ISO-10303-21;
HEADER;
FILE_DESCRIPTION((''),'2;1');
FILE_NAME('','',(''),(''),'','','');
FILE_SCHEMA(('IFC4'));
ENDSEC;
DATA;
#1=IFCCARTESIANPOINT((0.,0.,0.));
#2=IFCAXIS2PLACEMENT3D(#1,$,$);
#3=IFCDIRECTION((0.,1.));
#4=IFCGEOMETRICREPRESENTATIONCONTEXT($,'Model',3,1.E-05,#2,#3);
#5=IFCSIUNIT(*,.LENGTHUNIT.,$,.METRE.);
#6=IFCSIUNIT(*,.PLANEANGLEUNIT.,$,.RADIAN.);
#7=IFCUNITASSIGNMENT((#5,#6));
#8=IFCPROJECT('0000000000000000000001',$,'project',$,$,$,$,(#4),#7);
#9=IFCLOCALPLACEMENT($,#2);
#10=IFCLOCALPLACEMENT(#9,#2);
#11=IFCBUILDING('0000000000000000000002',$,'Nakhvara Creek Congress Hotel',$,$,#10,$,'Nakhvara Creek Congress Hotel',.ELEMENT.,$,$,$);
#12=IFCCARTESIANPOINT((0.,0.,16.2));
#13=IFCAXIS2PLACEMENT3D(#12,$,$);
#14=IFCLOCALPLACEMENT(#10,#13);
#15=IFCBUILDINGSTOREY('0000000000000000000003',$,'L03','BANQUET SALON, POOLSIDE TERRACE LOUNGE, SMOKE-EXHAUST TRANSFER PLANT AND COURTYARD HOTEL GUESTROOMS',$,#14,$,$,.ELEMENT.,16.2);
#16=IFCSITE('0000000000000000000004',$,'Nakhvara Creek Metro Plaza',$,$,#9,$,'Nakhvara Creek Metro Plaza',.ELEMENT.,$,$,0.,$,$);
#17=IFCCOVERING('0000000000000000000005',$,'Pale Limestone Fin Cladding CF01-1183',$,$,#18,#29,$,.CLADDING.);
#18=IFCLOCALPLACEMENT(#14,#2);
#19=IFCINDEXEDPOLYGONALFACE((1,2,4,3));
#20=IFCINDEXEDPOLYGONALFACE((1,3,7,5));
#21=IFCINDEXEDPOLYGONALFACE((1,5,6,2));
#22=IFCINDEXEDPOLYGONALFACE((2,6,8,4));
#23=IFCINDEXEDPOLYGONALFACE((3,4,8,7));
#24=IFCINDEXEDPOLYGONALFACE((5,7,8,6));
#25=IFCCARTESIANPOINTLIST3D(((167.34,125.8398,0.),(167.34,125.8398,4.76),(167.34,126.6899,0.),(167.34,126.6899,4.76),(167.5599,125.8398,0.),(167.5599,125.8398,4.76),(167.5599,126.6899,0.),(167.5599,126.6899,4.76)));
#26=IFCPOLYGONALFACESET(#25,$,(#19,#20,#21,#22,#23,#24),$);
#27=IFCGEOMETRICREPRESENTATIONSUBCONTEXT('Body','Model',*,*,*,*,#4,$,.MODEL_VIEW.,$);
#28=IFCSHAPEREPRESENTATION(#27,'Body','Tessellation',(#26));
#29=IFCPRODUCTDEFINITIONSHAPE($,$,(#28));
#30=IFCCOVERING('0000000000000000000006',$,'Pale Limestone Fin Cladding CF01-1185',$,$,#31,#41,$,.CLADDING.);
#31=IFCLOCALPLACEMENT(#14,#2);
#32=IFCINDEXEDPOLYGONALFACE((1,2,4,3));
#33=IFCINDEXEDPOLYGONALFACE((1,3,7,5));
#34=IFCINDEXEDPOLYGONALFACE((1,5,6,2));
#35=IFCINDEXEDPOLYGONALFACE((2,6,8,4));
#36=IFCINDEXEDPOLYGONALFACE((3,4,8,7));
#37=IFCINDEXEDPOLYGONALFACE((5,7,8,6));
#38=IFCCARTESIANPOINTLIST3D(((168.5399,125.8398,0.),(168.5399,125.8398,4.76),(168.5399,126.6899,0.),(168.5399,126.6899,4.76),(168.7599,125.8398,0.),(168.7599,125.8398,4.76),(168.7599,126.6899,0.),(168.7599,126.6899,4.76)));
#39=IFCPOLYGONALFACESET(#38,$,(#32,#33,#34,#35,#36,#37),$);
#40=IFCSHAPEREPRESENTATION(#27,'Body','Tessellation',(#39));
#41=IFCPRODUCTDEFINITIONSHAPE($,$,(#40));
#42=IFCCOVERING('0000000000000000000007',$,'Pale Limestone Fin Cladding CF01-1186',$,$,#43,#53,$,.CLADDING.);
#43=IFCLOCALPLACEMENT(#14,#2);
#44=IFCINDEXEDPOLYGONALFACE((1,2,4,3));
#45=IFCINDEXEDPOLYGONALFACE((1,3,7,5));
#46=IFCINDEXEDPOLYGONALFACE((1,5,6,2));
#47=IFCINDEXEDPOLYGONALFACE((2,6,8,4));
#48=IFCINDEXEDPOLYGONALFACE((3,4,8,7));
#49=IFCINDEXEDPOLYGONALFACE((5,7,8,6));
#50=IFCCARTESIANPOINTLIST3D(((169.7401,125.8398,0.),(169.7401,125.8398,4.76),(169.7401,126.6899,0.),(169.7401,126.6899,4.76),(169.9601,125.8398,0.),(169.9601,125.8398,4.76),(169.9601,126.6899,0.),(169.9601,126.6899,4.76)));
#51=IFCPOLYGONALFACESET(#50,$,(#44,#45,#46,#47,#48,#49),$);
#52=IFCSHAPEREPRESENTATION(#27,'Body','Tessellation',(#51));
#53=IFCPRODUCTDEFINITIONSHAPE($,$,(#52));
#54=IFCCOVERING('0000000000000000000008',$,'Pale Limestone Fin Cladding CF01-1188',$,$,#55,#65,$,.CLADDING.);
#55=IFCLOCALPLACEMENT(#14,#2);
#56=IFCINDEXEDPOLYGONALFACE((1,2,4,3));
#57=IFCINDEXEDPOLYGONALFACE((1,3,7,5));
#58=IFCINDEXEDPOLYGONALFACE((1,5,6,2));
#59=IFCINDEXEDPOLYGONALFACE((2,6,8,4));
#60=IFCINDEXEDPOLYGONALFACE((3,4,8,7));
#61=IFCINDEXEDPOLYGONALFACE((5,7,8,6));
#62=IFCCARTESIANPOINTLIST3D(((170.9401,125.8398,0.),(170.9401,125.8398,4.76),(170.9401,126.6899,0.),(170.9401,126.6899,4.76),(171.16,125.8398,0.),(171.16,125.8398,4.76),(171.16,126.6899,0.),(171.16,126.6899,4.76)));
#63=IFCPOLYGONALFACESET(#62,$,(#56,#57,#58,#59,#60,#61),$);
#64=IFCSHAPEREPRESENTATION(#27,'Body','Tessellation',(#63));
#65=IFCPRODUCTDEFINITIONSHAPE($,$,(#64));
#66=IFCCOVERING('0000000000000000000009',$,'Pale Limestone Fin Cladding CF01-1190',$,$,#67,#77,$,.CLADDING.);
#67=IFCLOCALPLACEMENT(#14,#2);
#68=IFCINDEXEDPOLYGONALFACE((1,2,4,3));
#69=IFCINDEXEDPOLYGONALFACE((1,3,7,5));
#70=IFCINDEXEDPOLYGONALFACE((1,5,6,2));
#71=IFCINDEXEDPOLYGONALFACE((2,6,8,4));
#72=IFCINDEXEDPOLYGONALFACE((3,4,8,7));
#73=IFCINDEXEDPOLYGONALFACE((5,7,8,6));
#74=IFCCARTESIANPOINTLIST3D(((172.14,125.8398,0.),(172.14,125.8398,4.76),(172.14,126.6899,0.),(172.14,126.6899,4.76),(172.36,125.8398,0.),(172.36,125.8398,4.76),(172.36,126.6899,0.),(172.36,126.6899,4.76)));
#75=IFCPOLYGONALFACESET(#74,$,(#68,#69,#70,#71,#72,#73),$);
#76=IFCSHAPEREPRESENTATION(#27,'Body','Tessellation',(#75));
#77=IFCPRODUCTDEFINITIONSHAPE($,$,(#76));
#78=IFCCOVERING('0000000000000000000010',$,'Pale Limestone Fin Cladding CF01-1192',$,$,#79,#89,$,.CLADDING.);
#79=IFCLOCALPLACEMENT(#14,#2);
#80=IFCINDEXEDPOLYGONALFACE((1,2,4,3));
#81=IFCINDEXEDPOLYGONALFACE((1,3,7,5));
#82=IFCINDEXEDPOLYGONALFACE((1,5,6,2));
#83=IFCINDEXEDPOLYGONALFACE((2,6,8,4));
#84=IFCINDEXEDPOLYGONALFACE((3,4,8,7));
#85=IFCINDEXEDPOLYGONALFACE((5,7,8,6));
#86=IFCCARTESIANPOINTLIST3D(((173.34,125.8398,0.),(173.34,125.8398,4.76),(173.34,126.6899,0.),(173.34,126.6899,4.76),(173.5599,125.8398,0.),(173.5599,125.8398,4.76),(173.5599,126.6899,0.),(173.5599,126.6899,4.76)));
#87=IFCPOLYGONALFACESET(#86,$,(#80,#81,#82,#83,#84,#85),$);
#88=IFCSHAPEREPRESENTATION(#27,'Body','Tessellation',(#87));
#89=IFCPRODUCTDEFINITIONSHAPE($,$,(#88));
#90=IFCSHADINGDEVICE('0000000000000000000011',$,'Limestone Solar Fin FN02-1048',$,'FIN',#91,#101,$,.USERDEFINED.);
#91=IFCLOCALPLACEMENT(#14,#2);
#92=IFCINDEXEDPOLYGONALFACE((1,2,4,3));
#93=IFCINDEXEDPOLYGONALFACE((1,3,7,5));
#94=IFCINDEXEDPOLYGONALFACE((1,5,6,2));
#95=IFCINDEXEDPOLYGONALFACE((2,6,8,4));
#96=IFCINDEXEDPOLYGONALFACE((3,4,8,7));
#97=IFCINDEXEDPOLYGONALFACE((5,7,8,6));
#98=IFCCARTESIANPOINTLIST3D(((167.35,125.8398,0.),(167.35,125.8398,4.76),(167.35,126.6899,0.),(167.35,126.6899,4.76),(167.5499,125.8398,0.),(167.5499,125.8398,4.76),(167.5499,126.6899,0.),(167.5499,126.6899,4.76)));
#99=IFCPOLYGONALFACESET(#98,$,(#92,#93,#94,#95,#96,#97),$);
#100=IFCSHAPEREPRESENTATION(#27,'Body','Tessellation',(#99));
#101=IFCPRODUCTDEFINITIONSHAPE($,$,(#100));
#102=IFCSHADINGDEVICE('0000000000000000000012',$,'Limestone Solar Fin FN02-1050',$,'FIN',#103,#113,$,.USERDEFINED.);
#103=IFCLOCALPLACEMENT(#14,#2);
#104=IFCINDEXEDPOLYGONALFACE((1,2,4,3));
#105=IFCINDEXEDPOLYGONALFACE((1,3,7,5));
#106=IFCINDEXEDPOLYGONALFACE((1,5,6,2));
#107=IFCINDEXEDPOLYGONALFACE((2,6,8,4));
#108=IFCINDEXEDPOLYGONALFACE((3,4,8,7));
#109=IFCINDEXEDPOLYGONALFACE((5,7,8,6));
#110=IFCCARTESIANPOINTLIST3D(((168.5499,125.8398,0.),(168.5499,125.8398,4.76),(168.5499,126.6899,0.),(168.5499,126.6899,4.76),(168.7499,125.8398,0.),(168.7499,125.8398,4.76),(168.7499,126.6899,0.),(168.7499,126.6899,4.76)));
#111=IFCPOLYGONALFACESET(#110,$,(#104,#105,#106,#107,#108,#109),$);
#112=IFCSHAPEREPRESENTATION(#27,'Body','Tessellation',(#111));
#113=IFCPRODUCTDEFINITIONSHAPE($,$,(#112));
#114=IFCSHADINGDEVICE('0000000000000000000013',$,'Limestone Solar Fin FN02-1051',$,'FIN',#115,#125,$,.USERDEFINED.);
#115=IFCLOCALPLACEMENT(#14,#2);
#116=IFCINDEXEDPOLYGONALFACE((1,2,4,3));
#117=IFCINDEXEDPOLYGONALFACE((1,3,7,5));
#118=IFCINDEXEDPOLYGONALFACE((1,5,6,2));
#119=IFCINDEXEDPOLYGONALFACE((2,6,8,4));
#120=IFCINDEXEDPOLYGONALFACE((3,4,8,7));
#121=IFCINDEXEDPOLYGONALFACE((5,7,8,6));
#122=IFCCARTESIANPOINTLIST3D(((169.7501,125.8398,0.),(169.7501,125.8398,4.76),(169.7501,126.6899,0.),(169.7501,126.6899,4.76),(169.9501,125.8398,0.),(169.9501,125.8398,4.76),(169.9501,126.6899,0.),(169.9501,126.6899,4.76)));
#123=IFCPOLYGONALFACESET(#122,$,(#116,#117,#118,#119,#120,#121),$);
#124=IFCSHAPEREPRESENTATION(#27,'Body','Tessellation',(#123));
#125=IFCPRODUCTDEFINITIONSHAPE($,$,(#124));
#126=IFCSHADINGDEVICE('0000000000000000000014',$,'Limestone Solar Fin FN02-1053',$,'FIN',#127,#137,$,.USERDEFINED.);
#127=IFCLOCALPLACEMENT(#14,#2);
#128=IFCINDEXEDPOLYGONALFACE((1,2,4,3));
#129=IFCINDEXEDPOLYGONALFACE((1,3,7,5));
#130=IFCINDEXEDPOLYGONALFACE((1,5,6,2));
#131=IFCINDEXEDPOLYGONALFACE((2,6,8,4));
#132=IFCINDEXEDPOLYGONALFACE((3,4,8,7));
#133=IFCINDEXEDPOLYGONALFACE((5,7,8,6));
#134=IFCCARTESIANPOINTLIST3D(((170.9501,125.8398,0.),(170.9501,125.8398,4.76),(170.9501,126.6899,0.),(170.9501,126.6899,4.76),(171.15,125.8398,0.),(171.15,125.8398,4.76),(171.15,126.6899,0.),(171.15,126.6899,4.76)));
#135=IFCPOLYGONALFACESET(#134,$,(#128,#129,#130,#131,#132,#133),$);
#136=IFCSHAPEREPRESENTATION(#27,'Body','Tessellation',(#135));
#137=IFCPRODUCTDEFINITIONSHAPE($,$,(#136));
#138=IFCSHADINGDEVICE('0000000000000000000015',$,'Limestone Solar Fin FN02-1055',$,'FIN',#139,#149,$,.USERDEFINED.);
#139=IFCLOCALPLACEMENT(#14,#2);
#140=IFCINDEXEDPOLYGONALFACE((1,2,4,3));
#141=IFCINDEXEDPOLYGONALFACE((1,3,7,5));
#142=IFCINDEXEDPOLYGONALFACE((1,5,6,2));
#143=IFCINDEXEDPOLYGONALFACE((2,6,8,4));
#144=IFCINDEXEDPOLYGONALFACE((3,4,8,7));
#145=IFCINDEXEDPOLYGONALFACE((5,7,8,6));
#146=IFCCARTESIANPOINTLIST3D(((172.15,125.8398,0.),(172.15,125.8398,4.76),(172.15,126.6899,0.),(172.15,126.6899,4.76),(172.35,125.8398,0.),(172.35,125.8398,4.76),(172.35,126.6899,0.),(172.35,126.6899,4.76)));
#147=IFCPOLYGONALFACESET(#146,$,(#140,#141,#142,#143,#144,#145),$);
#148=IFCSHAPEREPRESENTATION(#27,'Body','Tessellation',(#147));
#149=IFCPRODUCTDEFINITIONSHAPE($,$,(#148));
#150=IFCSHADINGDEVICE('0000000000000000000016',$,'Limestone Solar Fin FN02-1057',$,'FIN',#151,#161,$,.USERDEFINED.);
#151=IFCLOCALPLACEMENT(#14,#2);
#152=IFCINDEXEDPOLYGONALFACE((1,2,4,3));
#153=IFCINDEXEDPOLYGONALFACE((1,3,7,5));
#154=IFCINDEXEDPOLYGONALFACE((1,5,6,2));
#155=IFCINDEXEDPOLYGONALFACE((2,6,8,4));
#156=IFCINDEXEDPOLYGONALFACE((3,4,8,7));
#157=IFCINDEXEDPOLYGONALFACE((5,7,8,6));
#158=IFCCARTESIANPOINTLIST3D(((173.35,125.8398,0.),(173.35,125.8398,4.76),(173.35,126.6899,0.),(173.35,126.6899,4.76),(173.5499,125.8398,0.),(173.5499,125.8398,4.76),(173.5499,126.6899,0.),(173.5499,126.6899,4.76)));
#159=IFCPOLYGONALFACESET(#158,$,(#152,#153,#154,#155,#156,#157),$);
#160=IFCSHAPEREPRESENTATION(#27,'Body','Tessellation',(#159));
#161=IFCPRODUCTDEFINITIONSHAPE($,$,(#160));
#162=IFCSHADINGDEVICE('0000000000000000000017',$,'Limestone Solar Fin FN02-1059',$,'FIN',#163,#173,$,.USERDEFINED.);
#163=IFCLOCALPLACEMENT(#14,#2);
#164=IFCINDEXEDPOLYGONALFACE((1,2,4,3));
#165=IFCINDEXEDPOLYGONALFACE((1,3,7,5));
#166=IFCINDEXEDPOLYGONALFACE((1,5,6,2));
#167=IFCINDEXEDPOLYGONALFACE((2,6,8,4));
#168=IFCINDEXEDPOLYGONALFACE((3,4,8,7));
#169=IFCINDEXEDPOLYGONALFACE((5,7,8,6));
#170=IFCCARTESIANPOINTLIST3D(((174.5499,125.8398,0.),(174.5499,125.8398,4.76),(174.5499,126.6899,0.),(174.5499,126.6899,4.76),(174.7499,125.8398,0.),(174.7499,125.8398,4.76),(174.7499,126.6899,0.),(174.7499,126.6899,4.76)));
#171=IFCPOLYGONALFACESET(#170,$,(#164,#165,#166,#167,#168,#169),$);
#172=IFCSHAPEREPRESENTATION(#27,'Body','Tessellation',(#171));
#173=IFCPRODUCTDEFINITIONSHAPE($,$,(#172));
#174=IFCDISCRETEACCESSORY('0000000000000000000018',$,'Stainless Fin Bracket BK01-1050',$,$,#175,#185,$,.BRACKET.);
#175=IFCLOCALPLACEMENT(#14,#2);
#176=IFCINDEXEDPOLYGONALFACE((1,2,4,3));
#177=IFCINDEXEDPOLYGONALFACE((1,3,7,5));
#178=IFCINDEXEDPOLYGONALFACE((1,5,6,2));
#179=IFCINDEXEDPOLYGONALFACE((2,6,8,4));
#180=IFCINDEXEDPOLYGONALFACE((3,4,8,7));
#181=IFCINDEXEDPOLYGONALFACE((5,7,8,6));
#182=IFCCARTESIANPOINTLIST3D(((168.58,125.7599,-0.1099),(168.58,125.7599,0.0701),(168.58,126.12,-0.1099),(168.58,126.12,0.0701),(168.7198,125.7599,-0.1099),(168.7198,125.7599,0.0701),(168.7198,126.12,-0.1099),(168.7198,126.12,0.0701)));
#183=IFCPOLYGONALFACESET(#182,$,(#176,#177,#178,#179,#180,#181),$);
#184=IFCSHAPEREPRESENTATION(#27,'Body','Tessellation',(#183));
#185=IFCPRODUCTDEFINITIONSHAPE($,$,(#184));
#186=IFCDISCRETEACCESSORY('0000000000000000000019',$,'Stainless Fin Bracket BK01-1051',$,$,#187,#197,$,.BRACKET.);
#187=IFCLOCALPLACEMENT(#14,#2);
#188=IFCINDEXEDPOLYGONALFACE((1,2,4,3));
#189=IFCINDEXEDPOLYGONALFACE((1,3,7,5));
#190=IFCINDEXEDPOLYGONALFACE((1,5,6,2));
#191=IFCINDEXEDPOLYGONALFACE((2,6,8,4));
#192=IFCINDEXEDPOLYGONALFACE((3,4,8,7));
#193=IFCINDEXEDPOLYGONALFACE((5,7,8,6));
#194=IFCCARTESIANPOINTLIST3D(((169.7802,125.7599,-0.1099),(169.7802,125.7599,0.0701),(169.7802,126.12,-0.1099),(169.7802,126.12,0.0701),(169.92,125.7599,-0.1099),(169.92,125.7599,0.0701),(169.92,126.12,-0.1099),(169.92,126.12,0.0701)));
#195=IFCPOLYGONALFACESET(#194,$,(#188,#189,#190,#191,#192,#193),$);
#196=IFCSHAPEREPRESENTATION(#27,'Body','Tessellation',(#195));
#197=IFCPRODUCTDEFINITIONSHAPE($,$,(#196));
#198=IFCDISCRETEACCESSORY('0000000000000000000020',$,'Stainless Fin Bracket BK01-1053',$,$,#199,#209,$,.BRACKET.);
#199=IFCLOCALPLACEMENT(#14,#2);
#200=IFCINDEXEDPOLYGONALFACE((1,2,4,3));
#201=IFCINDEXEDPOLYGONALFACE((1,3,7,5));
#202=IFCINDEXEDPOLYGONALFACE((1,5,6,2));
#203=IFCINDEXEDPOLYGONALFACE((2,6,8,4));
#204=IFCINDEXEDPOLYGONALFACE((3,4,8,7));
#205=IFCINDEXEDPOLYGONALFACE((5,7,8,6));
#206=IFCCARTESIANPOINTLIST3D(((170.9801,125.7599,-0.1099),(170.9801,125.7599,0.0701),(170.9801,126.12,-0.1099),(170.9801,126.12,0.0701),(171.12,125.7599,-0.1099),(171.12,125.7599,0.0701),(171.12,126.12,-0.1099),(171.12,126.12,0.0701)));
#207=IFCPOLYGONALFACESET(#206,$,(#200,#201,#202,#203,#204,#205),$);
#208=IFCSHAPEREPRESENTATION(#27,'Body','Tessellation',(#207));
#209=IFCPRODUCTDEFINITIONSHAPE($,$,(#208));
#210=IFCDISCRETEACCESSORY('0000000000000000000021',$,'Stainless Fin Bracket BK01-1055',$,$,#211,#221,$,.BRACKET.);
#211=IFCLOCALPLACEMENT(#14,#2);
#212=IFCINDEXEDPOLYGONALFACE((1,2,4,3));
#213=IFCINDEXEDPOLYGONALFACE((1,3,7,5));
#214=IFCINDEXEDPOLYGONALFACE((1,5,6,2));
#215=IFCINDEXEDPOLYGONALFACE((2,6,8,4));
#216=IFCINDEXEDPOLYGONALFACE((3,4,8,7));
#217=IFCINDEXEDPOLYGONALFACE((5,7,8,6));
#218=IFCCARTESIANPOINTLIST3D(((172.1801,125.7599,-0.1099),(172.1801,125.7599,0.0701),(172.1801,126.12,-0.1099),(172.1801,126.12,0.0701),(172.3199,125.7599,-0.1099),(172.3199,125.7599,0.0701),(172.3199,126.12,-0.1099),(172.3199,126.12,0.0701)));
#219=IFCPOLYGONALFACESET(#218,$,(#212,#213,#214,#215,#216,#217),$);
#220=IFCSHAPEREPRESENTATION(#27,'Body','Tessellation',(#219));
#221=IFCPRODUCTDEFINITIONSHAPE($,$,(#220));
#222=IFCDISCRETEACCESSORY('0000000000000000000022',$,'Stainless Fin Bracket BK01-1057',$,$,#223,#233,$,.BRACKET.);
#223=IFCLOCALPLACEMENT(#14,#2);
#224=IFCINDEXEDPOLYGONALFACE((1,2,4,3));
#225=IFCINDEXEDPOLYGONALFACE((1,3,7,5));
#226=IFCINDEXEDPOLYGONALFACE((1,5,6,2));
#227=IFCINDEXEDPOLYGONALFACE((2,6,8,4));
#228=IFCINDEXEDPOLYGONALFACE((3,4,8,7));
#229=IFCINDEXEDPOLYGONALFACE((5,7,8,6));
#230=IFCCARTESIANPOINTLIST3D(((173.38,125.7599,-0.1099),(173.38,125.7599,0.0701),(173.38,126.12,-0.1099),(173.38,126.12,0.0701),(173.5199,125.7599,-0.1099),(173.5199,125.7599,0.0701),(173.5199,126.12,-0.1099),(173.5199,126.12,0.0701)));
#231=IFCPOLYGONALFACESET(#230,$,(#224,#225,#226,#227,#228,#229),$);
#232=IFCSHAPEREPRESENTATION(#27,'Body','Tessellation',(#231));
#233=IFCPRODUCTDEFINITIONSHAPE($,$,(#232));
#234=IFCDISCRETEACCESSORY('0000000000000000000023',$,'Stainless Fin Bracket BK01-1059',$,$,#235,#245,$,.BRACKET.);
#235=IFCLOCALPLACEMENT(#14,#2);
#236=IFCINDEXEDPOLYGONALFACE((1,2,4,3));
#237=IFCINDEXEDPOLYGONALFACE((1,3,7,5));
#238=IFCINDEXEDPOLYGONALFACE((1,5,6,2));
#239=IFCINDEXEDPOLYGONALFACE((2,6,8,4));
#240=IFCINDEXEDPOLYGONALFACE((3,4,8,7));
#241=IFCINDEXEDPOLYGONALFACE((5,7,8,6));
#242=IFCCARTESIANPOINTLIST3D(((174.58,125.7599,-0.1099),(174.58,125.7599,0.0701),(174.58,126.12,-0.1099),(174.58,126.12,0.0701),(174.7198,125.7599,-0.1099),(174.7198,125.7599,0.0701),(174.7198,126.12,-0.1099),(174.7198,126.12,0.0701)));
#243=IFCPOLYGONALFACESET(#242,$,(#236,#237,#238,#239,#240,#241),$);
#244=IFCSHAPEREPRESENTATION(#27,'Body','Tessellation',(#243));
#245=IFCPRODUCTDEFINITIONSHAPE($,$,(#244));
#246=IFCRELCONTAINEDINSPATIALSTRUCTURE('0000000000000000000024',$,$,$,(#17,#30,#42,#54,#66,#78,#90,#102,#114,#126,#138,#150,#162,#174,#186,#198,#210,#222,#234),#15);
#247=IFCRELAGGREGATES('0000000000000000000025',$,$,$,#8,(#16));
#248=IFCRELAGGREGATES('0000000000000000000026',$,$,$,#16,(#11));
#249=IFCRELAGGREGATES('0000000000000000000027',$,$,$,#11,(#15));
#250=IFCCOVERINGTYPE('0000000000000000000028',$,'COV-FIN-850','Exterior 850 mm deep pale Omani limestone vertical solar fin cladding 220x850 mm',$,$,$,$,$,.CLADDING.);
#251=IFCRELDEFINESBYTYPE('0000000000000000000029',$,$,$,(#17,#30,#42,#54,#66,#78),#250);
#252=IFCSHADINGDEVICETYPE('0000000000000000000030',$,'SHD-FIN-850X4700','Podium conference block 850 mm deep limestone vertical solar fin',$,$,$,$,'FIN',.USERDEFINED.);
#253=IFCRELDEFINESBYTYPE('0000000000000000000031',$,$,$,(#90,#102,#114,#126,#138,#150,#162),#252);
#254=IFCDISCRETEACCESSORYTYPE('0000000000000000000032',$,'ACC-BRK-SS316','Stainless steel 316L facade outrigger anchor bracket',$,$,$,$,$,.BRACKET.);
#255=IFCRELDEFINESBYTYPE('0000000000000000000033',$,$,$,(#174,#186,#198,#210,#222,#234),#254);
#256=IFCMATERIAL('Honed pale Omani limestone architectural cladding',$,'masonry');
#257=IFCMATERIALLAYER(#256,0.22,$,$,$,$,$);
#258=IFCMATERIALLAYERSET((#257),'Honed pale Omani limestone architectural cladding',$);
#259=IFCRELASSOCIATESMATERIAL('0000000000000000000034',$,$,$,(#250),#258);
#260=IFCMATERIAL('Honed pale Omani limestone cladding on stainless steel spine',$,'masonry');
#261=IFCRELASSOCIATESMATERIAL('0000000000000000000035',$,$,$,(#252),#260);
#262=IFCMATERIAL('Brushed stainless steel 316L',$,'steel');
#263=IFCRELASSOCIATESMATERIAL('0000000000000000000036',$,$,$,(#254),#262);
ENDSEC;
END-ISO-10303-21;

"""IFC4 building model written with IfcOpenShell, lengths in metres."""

from ifc_helpers import new_model, si_unit, direction, frame, origin, origin_2d, place, context, subcontext, project, spatial, rectangle, extrude, material, layer, layer_set, type_object, element, save


model = new_model("IFC4")

# Units and contexts
model_context = context("Model", 3, precision=1e-05, world=origin(), true_north=direction((0.0, 1.0)))
body_context = subcontext(model_context, "Body", "Model", "MODEL_VIEW")
ifc_project = project(units=[si_unit("LENGTHUNIT", "METRE"), si_unit("PLANEANGLEUNIT", "RADIAN")], contexts=[model_context])

# Site, building, storey
site_placement = place(None, origin())
site = spatial("IfcSite", under=ifc_project, at=site_placement, Name="Nakhvara Creek Metro Plaza", LongName="Nakhvara Creek Metro Plaza", CompositionType="ELEMENT", RefElevation=0.0)
building_placement = place(site_placement, origin())
building = spatial("IfcBuilding", under=site, at=building_placement, Name="Nakhvara Creek Congress Hotel", LongName="Nakhvara Creek Congress Hotel", CompositionType="ELEMENT")
storey_placement = place(building_placement, frame((0.0, 0.0, 16.2)))
storey = spatial("IfcBuildingStorey", under=building, at=storey_placement, Name="L03", Description="BANQUET SALON, POOLSIDE TERRACE LOUNGE, SMOKE-EXHAUST TRANSFER PLANT AND COURTYARD HOTEL GUESTROOMS", CompositionType="ELEMENT", Elevation=16.2)

# Coverings
ifc_material_1 = material(Name="Honed pale Omani limestone architectural cladding", Category="masonry")
ifc_layer_1 = layer(ifc_material_1, 0.22)
ifc_layer_set_1 = layer_set([ifc_layer_1], Name="Honed pale Omani limestone architectural cladding")
covering_type = type_object("IfcCoveringType", Name="COV-FIN-850", Description="Exterior 850 mm deep pale Omani limestone vertical solar fin cladding 220x850 mm", PredefinedType="CLADDING", material=ifc_layer_set_1)
for number, where, z_axis, x_axis, name in (
    (1, (167.45, 126.2649, 0.0), (0.0, 0.0, 1.0), (1.0, 0.0, 0.0), "Pale Limestone Fin Cladding CF01-1183"),
    (2, (168.6499, 126.2649, 0.0), (0.0, 0.0, 1.0), (1.0, 0.0, 0.0), "Pale Limestone Fin Cladding CF01-1185"),
    (3, (169.8501, 126.2649, 0.0), (0.0, 0.0, 1.0), (1.0, 0.0, 0.0), "Pale Limestone Fin Cladding CF01-1186"),
    (4, (171.05, 126.2649, 0.0), (0.0, 0.0, 1.0), (1.0, 0.0, 0.0), "Pale Limestone Fin Cladding CF01-1188"),
    (5, (172.25, 126.2649, 0.0), (0.0, 0.0, 1.0), (1.0, 0.0, 0.0), "Pale Limestone Fin Cladding CF01-1190"),
    (6, (173.45, 126.2649, 0.0), (0.0, 0.0, 1.0), (1.0, 0.0, 0.0), "Pale Limestone Fin Cladding CF01-1192"),
):
    element("IfcCovering", number, at=place(storey_placement, frame(where, z_axis=z_axis, x_axis=x_axis)), inside=storey, type_object=covering_type, Name=name, PredefinedType="CLADDING", context=body_context, shape_type="SweptSolid", body=[
        extrude(rectangle(XDim=0.22, YDim=0.8501, at=origin_2d()), origin(), (0.0, 0.0, 1.0), 4.76),
    ])

# Shading devices
ifc_material_2 = material(Name="Honed pale Omani limestone cladding on stainless steel spine", Category="masonry")
shading_device_type = type_object("IfcShadingDeviceType", Name="SHD-FIN-850X4700", Description="Podium conference block 850 mm deep limestone vertical solar fin", ElementType="FIN", PredefinedType="USERDEFINED", material=ifc_material_2)
for number, where, z_axis, x_axis, name in (
    (7, (167.45, 126.2649, 0.0), (0.0, 0.0, 1.0), (1.0, 0.0, 0.0), "Limestone Solar Fin FN02-1048"),
    (8, (168.6499, 126.2649, 0.0), (0.0, 0.0, 1.0), (1.0, 0.0, 0.0), "Limestone Solar Fin FN02-1050"),
    (9, (169.8501, 126.2649, 0.0), (0.0, 0.0, 1.0), (1.0, 0.0, 0.0), "Limestone Solar Fin FN02-1051"),
    (10, (171.05, 126.2649, 0.0), (0.0, 0.0, 1.0), (1.0, 0.0, 0.0), "Limestone Solar Fin FN02-1053"),
    (11, (172.25, 126.2649, 0.0), (0.0, 0.0, 1.0), (1.0, 0.0, 0.0), "Limestone Solar Fin FN02-1055"),
    (12, (173.45, 126.2649, 0.0), (0.0, 0.0, 1.0), (1.0, 0.0, 0.0), "Limestone Solar Fin FN02-1057"),
    (13, (174.6499, 126.2649, 0.0), (0.0, 0.0, 1.0), (1.0, 0.0, 0.0), "Limestone Solar Fin FN02-1059"),
):
    element("IfcShadingDevice", number, at=place(storey_placement, frame(where, z_axis=z_axis, x_axis=x_axis)), inside=storey, type_object=shading_device_type, Name=name, ObjectType="FIN", PredefinedType="USERDEFINED", context=body_context, shape_type="SweptSolid", body=[
        extrude(rectangle(XDim=0.2, YDim=0.8501, at=origin_2d()), origin(), (0.0, 0.0, 1.0), 4.76),
    ])

# Discrete accessories
ifc_material_3 = material(Name="Brushed stainless steel 316L", Category="steel")
discrete_accessory_type = type_object("IfcDiscreteAccessoryType", Name="ACC-BRK-SS316", Description="Stainless steel 316L facade outrigger anchor bracket", PredefinedType="BRACKET", material=ifc_material_3)
for number, where, z_axis, x_axis, name in (
    (14, (168.6499, 125.9399, -0.1099), (0.0, 0.0, 1.0), (1.0, 0.0, 0.0), "Stainless Fin Bracket BK01-1050"),
    (15, (169.8501, 125.9399, -0.1099), (0.0, 0.0, 1.0), (1.0, 0.0, 0.0), "Stainless Fin Bracket BK01-1051"),
    (16, (171.05, 125.9399, -0.1099), (0.0, 0.0, 1.0), (1.0, 0.0, 0.0), "Stainless Fin Bracket BK01-1053"),
    (17, (172.25, 125.9399, -0.1099), (0.0, 0.0, 1.0), (1.0, 0.0, 0.0), "Stainless Fin Bracket BK01-1055"),
    (18, (173.45, 125.9399, -0.1099), (0.0, 0.0, 1.0), (1.0, 0.0, 0.0), "Stainless Fin Bracket BK01-1057"),
    (19, (174.6499, 125.9399, -0.1099), (0.0, 0.0, 1.0), (1.0, 0.0, 0.0), "Stainless Fin Bracket BK01-1059"),
):
    element("IfcDiscreteAccessory", number, at=place(storey_placement, frame(where, z_axis=z_axis, x_axis=x_axis)), inside=storey, type_object=discrete_accessory_type, Name=name, PredefinedType="BRACKET", context=body_context, shape_type="SweptSolid", body=[
        extrude(rectangle(XDim=0.1399, YDim=0.3601, at=origin_2d()), origin(), (0.0, 0.0, 1.0), 0.1799),
    ])

save(model, "model.ifc")
